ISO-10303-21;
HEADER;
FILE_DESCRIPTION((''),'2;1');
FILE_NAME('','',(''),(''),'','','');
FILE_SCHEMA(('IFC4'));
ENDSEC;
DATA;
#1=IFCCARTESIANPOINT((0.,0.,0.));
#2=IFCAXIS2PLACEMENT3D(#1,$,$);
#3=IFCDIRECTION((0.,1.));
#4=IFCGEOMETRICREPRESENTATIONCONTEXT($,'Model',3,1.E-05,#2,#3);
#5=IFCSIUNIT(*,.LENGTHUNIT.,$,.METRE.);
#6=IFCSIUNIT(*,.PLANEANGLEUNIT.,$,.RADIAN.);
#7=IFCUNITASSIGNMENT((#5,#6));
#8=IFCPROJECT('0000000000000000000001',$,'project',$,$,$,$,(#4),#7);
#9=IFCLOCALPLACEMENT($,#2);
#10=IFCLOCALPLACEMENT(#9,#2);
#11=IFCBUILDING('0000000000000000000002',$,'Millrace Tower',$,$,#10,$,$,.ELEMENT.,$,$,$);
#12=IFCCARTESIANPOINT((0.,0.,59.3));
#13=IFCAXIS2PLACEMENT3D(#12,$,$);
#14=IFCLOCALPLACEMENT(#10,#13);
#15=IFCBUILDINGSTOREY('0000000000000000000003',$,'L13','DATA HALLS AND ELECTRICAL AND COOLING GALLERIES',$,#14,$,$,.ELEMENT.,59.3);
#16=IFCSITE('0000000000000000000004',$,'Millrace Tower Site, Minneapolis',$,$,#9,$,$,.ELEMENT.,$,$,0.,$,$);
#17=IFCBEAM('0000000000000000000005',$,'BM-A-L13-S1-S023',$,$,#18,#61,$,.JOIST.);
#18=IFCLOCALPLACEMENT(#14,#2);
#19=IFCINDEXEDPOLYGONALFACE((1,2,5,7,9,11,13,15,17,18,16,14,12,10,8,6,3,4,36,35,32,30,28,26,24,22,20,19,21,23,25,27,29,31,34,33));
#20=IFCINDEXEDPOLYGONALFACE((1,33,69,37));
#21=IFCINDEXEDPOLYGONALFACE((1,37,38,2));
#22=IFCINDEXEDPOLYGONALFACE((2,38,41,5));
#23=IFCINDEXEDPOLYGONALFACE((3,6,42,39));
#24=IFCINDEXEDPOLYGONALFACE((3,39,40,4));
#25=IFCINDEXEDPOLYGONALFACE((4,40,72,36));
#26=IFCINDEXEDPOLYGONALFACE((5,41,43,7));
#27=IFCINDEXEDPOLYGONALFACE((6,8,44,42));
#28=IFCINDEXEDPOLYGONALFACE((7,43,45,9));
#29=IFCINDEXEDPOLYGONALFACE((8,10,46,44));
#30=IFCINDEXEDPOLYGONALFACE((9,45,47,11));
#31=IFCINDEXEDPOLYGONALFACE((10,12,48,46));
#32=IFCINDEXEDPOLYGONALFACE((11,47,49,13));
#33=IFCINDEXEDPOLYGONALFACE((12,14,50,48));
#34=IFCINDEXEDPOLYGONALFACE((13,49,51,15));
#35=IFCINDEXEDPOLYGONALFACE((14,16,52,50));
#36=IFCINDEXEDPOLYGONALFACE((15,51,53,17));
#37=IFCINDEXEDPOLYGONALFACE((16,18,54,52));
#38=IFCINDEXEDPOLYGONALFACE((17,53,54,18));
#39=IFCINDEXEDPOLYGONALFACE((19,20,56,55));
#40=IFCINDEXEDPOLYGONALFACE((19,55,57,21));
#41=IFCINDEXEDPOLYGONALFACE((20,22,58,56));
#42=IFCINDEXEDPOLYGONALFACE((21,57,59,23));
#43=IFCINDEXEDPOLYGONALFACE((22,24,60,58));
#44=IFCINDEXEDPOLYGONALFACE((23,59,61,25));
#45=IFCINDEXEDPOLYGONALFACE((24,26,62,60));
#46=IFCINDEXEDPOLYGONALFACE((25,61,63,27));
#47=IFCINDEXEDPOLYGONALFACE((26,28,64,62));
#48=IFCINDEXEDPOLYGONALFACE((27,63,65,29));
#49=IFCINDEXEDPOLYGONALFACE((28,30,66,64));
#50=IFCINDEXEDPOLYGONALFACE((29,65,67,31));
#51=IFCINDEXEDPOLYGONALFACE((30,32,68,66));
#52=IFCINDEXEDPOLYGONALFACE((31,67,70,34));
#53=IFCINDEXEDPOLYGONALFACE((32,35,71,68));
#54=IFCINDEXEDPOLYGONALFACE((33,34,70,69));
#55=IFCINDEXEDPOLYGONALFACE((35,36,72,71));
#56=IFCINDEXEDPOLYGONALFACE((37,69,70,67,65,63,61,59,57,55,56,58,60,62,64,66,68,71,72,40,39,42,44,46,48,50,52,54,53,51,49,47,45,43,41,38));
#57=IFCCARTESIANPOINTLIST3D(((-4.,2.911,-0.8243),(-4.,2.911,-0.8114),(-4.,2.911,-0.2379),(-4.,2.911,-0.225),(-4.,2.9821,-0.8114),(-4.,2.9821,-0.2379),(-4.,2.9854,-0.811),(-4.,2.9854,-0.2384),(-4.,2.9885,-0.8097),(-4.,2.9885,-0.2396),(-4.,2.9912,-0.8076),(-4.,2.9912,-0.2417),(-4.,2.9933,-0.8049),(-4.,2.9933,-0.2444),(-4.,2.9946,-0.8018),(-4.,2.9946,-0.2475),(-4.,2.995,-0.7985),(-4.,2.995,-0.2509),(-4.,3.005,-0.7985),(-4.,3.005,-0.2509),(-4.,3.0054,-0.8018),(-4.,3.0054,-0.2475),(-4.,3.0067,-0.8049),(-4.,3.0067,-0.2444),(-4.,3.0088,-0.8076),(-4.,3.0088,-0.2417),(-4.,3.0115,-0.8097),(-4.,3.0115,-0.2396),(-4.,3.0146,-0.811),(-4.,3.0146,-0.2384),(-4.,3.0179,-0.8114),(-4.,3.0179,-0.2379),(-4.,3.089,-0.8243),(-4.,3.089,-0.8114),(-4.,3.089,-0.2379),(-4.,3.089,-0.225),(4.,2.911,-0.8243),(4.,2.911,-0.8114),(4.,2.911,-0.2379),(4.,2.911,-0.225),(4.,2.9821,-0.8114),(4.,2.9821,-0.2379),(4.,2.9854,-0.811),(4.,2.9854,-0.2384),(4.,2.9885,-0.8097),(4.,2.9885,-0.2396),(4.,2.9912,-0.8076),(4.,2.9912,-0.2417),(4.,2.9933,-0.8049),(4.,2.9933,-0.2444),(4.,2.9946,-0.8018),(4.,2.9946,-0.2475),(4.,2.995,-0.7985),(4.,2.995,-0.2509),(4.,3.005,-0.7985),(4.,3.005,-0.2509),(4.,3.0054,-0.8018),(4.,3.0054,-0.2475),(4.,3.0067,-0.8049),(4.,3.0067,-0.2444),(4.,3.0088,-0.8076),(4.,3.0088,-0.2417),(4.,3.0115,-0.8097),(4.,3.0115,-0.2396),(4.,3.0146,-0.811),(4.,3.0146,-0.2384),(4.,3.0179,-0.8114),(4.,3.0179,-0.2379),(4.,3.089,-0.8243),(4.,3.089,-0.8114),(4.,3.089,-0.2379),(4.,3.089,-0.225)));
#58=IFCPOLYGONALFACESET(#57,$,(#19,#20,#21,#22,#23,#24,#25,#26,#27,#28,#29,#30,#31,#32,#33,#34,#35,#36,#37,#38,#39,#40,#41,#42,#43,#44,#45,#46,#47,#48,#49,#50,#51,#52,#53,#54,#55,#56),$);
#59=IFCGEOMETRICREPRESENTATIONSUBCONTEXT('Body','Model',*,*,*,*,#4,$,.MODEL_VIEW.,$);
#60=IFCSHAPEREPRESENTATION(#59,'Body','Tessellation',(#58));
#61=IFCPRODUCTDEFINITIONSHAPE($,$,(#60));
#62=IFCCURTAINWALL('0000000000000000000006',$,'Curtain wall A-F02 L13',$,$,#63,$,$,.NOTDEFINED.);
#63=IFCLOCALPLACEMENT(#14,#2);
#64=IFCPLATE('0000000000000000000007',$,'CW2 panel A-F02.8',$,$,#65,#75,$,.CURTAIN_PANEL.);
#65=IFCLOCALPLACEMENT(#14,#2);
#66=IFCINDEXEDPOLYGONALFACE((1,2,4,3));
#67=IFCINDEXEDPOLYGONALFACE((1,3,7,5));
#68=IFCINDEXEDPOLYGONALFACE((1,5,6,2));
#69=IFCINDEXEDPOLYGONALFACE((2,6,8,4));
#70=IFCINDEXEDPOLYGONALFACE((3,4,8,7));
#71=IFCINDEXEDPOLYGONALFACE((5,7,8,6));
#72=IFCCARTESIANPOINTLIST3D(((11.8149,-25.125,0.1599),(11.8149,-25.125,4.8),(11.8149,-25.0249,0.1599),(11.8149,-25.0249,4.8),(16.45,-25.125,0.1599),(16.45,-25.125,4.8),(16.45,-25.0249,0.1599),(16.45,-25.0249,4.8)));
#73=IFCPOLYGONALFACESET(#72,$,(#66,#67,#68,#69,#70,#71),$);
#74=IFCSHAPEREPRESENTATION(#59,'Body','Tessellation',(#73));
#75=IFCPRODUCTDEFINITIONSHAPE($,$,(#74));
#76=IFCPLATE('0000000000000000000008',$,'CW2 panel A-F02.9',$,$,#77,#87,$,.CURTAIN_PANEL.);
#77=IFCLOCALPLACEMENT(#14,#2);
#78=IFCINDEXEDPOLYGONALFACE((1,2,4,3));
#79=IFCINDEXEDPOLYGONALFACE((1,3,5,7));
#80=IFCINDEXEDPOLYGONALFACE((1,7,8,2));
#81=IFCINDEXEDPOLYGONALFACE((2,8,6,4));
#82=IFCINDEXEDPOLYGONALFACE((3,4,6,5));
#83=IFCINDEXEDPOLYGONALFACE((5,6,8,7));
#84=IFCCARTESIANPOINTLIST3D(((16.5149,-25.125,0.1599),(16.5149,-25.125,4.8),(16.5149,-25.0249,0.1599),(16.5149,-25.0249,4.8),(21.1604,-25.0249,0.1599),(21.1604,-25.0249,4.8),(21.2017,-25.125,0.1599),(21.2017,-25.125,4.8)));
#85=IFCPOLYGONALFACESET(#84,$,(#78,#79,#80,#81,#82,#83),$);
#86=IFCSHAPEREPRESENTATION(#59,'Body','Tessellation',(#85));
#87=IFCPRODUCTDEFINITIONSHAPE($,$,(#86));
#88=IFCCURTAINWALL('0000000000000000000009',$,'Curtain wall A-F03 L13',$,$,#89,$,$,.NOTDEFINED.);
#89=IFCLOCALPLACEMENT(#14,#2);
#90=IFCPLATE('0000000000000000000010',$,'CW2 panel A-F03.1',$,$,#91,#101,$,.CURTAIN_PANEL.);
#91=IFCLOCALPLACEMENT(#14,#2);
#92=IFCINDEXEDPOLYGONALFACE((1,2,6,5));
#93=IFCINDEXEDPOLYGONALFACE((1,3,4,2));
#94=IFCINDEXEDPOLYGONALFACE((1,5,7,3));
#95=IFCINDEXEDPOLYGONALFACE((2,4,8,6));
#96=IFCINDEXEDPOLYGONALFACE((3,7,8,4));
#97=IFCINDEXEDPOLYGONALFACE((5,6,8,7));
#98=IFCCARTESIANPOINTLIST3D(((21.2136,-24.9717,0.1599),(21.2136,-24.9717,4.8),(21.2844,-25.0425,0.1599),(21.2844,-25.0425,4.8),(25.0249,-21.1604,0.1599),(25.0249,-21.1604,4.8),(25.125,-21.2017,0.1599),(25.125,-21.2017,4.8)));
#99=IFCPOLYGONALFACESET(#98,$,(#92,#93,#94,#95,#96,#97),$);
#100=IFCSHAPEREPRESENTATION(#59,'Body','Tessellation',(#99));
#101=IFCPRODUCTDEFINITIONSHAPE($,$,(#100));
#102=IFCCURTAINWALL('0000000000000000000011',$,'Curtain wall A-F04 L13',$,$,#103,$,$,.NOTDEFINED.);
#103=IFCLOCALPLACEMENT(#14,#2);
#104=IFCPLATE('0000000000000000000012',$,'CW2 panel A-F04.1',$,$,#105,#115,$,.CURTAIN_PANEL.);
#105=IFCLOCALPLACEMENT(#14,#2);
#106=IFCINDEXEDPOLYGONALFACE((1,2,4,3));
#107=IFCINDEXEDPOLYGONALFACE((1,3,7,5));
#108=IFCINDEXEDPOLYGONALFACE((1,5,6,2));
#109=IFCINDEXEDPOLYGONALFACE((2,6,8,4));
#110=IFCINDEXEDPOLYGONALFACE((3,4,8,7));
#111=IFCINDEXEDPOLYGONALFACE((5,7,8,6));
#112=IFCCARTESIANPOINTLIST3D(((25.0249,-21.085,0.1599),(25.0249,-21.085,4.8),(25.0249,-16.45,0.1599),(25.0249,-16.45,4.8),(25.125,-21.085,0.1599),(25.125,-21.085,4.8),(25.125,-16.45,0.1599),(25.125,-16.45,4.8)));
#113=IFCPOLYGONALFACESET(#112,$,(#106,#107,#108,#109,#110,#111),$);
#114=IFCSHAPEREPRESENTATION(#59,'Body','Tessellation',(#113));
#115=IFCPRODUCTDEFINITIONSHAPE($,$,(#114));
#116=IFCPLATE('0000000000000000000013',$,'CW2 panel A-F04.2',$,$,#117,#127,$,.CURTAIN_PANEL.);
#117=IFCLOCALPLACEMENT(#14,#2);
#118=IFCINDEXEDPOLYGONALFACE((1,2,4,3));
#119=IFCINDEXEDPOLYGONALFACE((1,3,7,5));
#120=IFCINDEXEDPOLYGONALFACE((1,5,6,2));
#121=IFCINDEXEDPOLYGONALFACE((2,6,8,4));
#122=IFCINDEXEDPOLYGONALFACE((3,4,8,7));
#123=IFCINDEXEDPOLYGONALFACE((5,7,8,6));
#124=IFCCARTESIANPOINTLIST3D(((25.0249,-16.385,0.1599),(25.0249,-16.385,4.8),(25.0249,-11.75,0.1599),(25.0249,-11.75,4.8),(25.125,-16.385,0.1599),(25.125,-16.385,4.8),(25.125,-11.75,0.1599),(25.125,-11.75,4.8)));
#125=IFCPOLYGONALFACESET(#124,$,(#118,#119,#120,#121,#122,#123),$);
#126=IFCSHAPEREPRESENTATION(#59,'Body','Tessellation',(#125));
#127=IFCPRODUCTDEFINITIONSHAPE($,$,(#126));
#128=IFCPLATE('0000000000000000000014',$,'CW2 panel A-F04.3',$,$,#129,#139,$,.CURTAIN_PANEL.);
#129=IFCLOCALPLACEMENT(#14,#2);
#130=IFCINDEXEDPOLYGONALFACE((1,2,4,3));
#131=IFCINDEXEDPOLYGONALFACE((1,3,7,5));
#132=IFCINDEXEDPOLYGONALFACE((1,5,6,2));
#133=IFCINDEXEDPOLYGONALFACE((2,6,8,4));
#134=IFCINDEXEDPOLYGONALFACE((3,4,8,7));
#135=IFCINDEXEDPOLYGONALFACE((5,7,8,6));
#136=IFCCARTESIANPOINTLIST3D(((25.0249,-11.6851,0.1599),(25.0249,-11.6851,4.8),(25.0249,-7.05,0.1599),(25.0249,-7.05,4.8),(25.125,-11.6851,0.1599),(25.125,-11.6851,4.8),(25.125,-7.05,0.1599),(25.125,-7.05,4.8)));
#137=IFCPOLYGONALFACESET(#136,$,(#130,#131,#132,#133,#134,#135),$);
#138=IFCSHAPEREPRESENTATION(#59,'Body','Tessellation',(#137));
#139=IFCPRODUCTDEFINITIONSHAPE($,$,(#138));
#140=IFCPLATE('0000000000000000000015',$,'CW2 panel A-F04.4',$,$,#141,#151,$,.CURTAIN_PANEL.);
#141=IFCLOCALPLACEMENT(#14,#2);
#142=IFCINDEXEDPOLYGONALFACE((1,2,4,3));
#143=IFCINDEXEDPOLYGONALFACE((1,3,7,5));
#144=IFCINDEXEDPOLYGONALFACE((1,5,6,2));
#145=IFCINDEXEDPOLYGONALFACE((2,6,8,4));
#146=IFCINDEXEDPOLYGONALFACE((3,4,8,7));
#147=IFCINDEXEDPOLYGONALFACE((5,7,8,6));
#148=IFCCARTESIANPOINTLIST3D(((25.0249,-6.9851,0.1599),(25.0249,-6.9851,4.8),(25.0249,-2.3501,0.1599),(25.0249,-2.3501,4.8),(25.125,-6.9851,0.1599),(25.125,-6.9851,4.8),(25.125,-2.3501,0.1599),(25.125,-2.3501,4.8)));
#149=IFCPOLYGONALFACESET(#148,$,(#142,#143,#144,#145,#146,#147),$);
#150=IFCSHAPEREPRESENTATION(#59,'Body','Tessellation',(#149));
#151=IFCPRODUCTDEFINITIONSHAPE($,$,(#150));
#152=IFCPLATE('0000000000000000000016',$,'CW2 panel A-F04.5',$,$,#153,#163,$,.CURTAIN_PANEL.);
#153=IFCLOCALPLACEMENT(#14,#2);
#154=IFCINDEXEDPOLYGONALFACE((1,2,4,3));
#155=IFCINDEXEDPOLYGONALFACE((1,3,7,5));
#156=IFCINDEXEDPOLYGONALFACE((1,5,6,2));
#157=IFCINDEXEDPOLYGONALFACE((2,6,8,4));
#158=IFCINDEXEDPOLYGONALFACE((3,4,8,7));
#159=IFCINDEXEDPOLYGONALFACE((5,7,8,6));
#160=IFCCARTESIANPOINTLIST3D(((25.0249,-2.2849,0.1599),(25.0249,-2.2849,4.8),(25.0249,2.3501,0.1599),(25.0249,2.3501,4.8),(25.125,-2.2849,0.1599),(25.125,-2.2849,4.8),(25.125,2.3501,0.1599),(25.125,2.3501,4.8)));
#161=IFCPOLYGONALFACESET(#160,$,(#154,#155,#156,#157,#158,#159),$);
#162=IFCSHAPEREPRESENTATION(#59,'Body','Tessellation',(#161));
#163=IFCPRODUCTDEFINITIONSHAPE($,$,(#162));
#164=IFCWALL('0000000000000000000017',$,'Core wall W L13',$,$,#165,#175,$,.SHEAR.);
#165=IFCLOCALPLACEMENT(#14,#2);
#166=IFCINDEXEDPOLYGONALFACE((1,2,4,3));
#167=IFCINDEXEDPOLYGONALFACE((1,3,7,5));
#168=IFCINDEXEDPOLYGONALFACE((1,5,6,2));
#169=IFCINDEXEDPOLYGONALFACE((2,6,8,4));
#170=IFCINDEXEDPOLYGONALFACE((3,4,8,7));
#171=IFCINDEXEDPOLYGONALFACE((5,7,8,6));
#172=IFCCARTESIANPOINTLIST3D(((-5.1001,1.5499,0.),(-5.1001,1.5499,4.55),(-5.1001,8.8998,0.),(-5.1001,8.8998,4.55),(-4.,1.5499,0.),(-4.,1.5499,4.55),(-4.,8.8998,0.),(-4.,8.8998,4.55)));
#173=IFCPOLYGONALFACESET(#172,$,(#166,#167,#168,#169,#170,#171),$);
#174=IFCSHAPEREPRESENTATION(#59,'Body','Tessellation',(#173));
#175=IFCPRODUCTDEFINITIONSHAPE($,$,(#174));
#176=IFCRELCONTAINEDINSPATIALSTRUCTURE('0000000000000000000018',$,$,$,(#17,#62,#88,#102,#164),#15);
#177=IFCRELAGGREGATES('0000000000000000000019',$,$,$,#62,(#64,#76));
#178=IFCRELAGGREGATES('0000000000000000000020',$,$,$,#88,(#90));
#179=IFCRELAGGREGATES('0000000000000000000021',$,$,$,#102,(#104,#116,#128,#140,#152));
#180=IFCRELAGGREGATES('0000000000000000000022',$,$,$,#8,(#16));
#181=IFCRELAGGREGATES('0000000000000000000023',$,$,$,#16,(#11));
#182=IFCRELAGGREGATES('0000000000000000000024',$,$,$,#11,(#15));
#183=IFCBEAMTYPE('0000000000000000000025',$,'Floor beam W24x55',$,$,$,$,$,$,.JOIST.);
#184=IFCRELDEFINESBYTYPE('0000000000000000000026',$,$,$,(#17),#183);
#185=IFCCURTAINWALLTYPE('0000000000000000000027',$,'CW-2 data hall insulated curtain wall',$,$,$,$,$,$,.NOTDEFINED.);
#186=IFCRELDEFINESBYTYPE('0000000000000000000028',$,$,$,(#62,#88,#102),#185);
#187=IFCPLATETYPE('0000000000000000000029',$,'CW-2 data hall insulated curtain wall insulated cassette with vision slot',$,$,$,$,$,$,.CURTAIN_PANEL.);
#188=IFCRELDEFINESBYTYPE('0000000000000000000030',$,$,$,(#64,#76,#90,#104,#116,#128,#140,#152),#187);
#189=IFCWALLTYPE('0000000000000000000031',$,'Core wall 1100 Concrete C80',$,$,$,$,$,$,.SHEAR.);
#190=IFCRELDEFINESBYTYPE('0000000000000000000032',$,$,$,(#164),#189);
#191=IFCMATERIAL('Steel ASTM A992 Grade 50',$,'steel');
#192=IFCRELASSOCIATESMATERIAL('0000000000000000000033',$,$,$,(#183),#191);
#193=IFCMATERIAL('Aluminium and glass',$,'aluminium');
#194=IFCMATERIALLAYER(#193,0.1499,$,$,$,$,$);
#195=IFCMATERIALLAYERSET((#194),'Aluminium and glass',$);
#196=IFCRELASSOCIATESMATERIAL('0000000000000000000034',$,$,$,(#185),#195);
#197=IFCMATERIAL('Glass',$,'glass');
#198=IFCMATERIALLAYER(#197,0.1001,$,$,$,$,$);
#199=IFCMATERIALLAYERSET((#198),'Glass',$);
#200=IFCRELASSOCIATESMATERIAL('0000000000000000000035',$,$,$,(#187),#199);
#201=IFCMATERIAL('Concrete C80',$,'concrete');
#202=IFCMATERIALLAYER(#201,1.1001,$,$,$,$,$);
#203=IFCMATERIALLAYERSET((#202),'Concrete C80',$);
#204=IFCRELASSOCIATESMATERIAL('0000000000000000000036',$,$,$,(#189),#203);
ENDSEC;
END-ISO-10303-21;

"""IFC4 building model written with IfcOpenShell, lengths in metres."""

from ifc_helpers import new_model, si_unit, direction, frame, frame_2d, origin, origin_2d, place, context, subcontext, project, spatial, polyline, rectangle, i_section, outline, extrude, material, layer, layer_set, material_profile, profile_set, type_object, element, aggregate, save


model = new_model("IFC4")

# Units and contexts
model_context = context("Model", 3, precision=1e-05, world=origin(), true_north=direction((0.0, 1.0)))
body_context = subcontext(model_context, "Body", "Model", "MODEL_VIEW")
ifc_project = project(units=[si_unit("LENGTHUNIT", "METRE"), si_unit("PLANEANGLEUNIT", "RADIAN")], contexts=[model_context])

# Site, building, storey
site_placement = place(None, origin())
site = spatial("IfcSite", under=ifc_project, at=site_placement, Name="Millrace Tower Site, Minneapolis", CompositionType="ELEMENT", RefElevation=0.0)
building_placement = place(site_placement, origin())
building = spatial("IfcBuilding", under=site, at=building_placement, Name="Millrace Tower", CompositionType="ELEMENT")
storey_placement = place(building_placement, frame((0.0, 0.0, 59.3)))
storey = spatial("IfcBuildingStorey", under=building, at=storey_placement, Name="L13", Description="DATA HALLS AND ELECTRICAL AND COOLING GALLERIES", CompositionType="ELEMENT", Elevation=59.3)

# Beam
ifc_material_1 = material(Name="Steel ASTM A992 Grade 50", Category="steel")
ifc_material_profile = material_profile(ifc_material_1, i_section(OverallWidth=0.178, OverallDepth=0.5994, WebThickness=0.01, FlangeThickness=0.0129, FilletRadius=0.0129, at=origin_2d()))
ifc_profile_set = profile_set([ifc_material_profile], Name="Steel ASTM A992 Grade 50")
beam_type = type_object("IfcBeamType", Name="Floor beam W24x55", PredefinedType="JOIST", material=ifc_profile_set)
beam_placement = place(storey_placement, frame((-4.0, 3.0, -0.5247), z_axis=(1.0, 0.0, 0.0), x_axis=(0.0, 1.0, 0.0)))
element("IfcBeam", 1, at=beam_placement, inside=storey, type_object=beam_type, Name="BM-A-L13-S1-S023", PredefinedType="JOIST", context=body_context, shape_type="SweptSolid", body=[
    extrude(i_section(OverallWidth=0.178, OverallDepth=0.5994, WebThickness=0.01, FlangeThickness=0.0129, FilletRadius=0.0129, at=origin_2d()), origin(), (0.0, 0.0, 1.0), 8.0),
])

# Curtain wall, plates
ifc_material_2 = material(Name="Aluminium and glass", Category="aluminium")
ifc_layer_1 = layer(ifc_material_2, 0.1499)
ifc_layer_set_1 = layer_set([ifc_layer_1], Name="Aluminium and glass")
curtain_wall_type = type_object("IfcCurtainWallType", Name="CW-2 data hall insulated curtain wall", PredefinedType="NOTDEFINED", material=ifc_layer_set_1)
placement_1 = place(storey_placement, origin())
curtain_wall_1 = element("IfcCurtainWall", 2, at=placement_1, inside=storey, type_object=curtain_wall_type, Name="Curtain wall A-F02 L13", PredefinedType="NOTDEFINED")
ifc_material_3 = material(Name="Glass", Category="glass")
ifc_layer_2 = layer(ifc_material_3, 0.1001)
ifc_layer_set_2 = layer_set([ifc_layer_2], Name="Glass")
plate_type = type_object("IfcPlateType", Name="CW-2 data hall insulated curtain wall insulated cassette with vision slot", PredefinedType="CURTAIN_PANEL", material=ifc_layer_set_2)
placement_2 = place(storey_placement, frame((0.0, 0.0, 0.1599)))
plate_1 = element("IfcPlate", 3, at=placement_2, type_object=plate_type, Name="CW2 panel A-F02.8", PredefinedType="CURTAIN_PANEL", context=body_context, shape_type="SweptSolid", body=[
    extrude(outline(polyline([(11.8149, -25.125), (16.45, -25.125), (16.45, -25.0249), (11.8149, -25.0249), (11.8149, -25.125)])), origin(), (0.0, 0.0, 1.0), 4.6401),
])
plate_2 = element("IfcPlate", 4, at=placement_2, type_object=plate_type, Name="CW2 panel A-F02.9", PredefinedType="CURTAIN_PANEL", context=body_context, shape_type="SweptSolid", body=[
    extrude(outline(polyline([(16.5149, -25.125), (21.2017, -25.125), (21.1604, -25.0249), (16.5149, -25.0249), (16.5149, -25.125)])), origin(), (0.0, 0.0, 1.0), 4.6401),
])
aggregate(curtain_wall_1, [plate_1, plate_2])

# Curtain wall, plate
curtain_wall_2 = element("IfcCurtainWall", 5, at=placement_1, inside=storey, type_object=curtain_wall_type, Name="Curtain wall A-F03 L13", PredefinedType="NOTDEFINED")
plate_3 = element("IfcPlate", 6, at=placement_2, type_object=plate_type, Name="CW2 panel A-F03.1", PredefinedType="CURTAIN_PANEL", context=body_context, shape_type="SweptSolid", body=[
    extrude(outline(polyline([(21.2844, -25.0425), (25.125, -21.2017), (25.0249, -21.1604), (21.2136, -24.9717), (21.2844, -25.0425)])), origin(), (0.0, 0.0, 1.0), 4.6401),
])
aggregate(curtain_wall_2, [plate_3])

# Curtain wall, plates
curtain_wall_3 = element("IfcCurtainWall", 7, at=placement_1, inside=storey, type_object=curtain_wall_type, Name="Curtain wall A-F04 L13", PredefinedType="NOTDEFINED")
plate_4 = element("IfcPlate", 8, at=placement_2, type_object=plate_type, Name="CW2 panel A-F04.1", PredefinedType="CURTAIN_PANEL", context=body_context, shape_type="SweptSolid", body=[
    extrude(outline(polyline([(25.125, -21.085), (25.125, -16.45), (25.0249, -16.45), (25.0249, -21.085), (25.125, -21.085)])), origin(), (0.0, 0.0, 1.0), 4.6401),
])
plate_5 = element("IfcPlate", 9, at=placement_2, type_object=plate_type, Name="CW2 panel A-F04.2", PredefinedType="CURTAIN_PANEL", context=body_context, shape_type="SweptSolid", body=[
    extrude(outline(polyline([(25.125, -16.385), (25.125, -11.75), (25.0249, -11.75), (25.0249, -16.385), (25.125, -16.385)])), origin(), (0.0, 0.0, 1.0), 4.6401),
])
plate_6 = element("IfcPlate", 10, at=placement_2, type_object=plate_type, Name="CW2 panel A-F04.3", PredefinedType="CURTAIN_PANEL", context=body_context, shape_type="SweptSolid", body=[
    extrude(outline(polyline([(25.125, -11.6851), (25.125, -7.05), (25.0249, -7.05), (25.0249, -11.6851), (25.125, -11.6851)])), origin(), (0.0, 0.0, 1.0), 4.6401),
])
plate_7 = element("IfcPlate", 11, at=placement_2, type_object=plate_type, Name="CW2 panel A-F04.4", PredefinedType="CURTAIN_PANEL", context=body_context, shape_type="SweptSolid", body=[
    extrude(outline(polyline([(25.125, -6.9851), (25.125, -2.3501), (25.0249, -2.3501), (25.0249, -6.9851), (25.125, -6.9851)])), origin(), (0.0, 0.0, 1.0), 4.6401),
])
plate_8 = element("IfcPlate", 12, at=placement_2, type_object=plate_type, Name="CW2 panel A-F04.5", PredefinedType="CURTAIN_PANEL", context=body_context, shape_type="SweptSolid", body=[
    extrude(outline(polyline([(25.125, -2.2849), (25.125, 2.3501), (25.0249, 2.3501), (25.0249, -2.2849), (25.125, -2.2849)])), origin(), (0.0, 0.0, 1.0), 4.6401),
])
aggregate(curtain_wall_3, [plate_4, plate_5, plate_6, plate_7, plate_8])

# Wall
ifc_material_4 = material(Name="Concrete C80", Category="concrete")
ifc_layer_3 = layer(ifc_material_4, 1.1001)
ifc_layer_set_3 = layer_set([ifc_layer_3], Name="Concrete C80")
wall_type_1 = type_object("IfcWallType", Name="Core wall 1100 Concrete C80", PredefinedType="SHEAR", material=ifc_layer_set_3)
wall_1_placement = place(storey_placement, frame((-4.55, 1.55, 0.0), z_axis=(0.0, 0.0, 1.0), x_axis=(0.0, 1.0, 0.0)))
element("IfcWall", 13, at=wall_1_placement, inside=storey, type_object=wall_type_1, Name="Core wall W L13", PredefinedType="SHEAR", context=body_context, shape_type="SweptSolid", body=[
    extrude(rectangle(XDim=7.3499, YDim=1.1001, at=frame_2d((3.6748, 0.0))), origin(), (0.0, 0.0, 1.0), 4.55),
])

save(model, "model.ifc")
